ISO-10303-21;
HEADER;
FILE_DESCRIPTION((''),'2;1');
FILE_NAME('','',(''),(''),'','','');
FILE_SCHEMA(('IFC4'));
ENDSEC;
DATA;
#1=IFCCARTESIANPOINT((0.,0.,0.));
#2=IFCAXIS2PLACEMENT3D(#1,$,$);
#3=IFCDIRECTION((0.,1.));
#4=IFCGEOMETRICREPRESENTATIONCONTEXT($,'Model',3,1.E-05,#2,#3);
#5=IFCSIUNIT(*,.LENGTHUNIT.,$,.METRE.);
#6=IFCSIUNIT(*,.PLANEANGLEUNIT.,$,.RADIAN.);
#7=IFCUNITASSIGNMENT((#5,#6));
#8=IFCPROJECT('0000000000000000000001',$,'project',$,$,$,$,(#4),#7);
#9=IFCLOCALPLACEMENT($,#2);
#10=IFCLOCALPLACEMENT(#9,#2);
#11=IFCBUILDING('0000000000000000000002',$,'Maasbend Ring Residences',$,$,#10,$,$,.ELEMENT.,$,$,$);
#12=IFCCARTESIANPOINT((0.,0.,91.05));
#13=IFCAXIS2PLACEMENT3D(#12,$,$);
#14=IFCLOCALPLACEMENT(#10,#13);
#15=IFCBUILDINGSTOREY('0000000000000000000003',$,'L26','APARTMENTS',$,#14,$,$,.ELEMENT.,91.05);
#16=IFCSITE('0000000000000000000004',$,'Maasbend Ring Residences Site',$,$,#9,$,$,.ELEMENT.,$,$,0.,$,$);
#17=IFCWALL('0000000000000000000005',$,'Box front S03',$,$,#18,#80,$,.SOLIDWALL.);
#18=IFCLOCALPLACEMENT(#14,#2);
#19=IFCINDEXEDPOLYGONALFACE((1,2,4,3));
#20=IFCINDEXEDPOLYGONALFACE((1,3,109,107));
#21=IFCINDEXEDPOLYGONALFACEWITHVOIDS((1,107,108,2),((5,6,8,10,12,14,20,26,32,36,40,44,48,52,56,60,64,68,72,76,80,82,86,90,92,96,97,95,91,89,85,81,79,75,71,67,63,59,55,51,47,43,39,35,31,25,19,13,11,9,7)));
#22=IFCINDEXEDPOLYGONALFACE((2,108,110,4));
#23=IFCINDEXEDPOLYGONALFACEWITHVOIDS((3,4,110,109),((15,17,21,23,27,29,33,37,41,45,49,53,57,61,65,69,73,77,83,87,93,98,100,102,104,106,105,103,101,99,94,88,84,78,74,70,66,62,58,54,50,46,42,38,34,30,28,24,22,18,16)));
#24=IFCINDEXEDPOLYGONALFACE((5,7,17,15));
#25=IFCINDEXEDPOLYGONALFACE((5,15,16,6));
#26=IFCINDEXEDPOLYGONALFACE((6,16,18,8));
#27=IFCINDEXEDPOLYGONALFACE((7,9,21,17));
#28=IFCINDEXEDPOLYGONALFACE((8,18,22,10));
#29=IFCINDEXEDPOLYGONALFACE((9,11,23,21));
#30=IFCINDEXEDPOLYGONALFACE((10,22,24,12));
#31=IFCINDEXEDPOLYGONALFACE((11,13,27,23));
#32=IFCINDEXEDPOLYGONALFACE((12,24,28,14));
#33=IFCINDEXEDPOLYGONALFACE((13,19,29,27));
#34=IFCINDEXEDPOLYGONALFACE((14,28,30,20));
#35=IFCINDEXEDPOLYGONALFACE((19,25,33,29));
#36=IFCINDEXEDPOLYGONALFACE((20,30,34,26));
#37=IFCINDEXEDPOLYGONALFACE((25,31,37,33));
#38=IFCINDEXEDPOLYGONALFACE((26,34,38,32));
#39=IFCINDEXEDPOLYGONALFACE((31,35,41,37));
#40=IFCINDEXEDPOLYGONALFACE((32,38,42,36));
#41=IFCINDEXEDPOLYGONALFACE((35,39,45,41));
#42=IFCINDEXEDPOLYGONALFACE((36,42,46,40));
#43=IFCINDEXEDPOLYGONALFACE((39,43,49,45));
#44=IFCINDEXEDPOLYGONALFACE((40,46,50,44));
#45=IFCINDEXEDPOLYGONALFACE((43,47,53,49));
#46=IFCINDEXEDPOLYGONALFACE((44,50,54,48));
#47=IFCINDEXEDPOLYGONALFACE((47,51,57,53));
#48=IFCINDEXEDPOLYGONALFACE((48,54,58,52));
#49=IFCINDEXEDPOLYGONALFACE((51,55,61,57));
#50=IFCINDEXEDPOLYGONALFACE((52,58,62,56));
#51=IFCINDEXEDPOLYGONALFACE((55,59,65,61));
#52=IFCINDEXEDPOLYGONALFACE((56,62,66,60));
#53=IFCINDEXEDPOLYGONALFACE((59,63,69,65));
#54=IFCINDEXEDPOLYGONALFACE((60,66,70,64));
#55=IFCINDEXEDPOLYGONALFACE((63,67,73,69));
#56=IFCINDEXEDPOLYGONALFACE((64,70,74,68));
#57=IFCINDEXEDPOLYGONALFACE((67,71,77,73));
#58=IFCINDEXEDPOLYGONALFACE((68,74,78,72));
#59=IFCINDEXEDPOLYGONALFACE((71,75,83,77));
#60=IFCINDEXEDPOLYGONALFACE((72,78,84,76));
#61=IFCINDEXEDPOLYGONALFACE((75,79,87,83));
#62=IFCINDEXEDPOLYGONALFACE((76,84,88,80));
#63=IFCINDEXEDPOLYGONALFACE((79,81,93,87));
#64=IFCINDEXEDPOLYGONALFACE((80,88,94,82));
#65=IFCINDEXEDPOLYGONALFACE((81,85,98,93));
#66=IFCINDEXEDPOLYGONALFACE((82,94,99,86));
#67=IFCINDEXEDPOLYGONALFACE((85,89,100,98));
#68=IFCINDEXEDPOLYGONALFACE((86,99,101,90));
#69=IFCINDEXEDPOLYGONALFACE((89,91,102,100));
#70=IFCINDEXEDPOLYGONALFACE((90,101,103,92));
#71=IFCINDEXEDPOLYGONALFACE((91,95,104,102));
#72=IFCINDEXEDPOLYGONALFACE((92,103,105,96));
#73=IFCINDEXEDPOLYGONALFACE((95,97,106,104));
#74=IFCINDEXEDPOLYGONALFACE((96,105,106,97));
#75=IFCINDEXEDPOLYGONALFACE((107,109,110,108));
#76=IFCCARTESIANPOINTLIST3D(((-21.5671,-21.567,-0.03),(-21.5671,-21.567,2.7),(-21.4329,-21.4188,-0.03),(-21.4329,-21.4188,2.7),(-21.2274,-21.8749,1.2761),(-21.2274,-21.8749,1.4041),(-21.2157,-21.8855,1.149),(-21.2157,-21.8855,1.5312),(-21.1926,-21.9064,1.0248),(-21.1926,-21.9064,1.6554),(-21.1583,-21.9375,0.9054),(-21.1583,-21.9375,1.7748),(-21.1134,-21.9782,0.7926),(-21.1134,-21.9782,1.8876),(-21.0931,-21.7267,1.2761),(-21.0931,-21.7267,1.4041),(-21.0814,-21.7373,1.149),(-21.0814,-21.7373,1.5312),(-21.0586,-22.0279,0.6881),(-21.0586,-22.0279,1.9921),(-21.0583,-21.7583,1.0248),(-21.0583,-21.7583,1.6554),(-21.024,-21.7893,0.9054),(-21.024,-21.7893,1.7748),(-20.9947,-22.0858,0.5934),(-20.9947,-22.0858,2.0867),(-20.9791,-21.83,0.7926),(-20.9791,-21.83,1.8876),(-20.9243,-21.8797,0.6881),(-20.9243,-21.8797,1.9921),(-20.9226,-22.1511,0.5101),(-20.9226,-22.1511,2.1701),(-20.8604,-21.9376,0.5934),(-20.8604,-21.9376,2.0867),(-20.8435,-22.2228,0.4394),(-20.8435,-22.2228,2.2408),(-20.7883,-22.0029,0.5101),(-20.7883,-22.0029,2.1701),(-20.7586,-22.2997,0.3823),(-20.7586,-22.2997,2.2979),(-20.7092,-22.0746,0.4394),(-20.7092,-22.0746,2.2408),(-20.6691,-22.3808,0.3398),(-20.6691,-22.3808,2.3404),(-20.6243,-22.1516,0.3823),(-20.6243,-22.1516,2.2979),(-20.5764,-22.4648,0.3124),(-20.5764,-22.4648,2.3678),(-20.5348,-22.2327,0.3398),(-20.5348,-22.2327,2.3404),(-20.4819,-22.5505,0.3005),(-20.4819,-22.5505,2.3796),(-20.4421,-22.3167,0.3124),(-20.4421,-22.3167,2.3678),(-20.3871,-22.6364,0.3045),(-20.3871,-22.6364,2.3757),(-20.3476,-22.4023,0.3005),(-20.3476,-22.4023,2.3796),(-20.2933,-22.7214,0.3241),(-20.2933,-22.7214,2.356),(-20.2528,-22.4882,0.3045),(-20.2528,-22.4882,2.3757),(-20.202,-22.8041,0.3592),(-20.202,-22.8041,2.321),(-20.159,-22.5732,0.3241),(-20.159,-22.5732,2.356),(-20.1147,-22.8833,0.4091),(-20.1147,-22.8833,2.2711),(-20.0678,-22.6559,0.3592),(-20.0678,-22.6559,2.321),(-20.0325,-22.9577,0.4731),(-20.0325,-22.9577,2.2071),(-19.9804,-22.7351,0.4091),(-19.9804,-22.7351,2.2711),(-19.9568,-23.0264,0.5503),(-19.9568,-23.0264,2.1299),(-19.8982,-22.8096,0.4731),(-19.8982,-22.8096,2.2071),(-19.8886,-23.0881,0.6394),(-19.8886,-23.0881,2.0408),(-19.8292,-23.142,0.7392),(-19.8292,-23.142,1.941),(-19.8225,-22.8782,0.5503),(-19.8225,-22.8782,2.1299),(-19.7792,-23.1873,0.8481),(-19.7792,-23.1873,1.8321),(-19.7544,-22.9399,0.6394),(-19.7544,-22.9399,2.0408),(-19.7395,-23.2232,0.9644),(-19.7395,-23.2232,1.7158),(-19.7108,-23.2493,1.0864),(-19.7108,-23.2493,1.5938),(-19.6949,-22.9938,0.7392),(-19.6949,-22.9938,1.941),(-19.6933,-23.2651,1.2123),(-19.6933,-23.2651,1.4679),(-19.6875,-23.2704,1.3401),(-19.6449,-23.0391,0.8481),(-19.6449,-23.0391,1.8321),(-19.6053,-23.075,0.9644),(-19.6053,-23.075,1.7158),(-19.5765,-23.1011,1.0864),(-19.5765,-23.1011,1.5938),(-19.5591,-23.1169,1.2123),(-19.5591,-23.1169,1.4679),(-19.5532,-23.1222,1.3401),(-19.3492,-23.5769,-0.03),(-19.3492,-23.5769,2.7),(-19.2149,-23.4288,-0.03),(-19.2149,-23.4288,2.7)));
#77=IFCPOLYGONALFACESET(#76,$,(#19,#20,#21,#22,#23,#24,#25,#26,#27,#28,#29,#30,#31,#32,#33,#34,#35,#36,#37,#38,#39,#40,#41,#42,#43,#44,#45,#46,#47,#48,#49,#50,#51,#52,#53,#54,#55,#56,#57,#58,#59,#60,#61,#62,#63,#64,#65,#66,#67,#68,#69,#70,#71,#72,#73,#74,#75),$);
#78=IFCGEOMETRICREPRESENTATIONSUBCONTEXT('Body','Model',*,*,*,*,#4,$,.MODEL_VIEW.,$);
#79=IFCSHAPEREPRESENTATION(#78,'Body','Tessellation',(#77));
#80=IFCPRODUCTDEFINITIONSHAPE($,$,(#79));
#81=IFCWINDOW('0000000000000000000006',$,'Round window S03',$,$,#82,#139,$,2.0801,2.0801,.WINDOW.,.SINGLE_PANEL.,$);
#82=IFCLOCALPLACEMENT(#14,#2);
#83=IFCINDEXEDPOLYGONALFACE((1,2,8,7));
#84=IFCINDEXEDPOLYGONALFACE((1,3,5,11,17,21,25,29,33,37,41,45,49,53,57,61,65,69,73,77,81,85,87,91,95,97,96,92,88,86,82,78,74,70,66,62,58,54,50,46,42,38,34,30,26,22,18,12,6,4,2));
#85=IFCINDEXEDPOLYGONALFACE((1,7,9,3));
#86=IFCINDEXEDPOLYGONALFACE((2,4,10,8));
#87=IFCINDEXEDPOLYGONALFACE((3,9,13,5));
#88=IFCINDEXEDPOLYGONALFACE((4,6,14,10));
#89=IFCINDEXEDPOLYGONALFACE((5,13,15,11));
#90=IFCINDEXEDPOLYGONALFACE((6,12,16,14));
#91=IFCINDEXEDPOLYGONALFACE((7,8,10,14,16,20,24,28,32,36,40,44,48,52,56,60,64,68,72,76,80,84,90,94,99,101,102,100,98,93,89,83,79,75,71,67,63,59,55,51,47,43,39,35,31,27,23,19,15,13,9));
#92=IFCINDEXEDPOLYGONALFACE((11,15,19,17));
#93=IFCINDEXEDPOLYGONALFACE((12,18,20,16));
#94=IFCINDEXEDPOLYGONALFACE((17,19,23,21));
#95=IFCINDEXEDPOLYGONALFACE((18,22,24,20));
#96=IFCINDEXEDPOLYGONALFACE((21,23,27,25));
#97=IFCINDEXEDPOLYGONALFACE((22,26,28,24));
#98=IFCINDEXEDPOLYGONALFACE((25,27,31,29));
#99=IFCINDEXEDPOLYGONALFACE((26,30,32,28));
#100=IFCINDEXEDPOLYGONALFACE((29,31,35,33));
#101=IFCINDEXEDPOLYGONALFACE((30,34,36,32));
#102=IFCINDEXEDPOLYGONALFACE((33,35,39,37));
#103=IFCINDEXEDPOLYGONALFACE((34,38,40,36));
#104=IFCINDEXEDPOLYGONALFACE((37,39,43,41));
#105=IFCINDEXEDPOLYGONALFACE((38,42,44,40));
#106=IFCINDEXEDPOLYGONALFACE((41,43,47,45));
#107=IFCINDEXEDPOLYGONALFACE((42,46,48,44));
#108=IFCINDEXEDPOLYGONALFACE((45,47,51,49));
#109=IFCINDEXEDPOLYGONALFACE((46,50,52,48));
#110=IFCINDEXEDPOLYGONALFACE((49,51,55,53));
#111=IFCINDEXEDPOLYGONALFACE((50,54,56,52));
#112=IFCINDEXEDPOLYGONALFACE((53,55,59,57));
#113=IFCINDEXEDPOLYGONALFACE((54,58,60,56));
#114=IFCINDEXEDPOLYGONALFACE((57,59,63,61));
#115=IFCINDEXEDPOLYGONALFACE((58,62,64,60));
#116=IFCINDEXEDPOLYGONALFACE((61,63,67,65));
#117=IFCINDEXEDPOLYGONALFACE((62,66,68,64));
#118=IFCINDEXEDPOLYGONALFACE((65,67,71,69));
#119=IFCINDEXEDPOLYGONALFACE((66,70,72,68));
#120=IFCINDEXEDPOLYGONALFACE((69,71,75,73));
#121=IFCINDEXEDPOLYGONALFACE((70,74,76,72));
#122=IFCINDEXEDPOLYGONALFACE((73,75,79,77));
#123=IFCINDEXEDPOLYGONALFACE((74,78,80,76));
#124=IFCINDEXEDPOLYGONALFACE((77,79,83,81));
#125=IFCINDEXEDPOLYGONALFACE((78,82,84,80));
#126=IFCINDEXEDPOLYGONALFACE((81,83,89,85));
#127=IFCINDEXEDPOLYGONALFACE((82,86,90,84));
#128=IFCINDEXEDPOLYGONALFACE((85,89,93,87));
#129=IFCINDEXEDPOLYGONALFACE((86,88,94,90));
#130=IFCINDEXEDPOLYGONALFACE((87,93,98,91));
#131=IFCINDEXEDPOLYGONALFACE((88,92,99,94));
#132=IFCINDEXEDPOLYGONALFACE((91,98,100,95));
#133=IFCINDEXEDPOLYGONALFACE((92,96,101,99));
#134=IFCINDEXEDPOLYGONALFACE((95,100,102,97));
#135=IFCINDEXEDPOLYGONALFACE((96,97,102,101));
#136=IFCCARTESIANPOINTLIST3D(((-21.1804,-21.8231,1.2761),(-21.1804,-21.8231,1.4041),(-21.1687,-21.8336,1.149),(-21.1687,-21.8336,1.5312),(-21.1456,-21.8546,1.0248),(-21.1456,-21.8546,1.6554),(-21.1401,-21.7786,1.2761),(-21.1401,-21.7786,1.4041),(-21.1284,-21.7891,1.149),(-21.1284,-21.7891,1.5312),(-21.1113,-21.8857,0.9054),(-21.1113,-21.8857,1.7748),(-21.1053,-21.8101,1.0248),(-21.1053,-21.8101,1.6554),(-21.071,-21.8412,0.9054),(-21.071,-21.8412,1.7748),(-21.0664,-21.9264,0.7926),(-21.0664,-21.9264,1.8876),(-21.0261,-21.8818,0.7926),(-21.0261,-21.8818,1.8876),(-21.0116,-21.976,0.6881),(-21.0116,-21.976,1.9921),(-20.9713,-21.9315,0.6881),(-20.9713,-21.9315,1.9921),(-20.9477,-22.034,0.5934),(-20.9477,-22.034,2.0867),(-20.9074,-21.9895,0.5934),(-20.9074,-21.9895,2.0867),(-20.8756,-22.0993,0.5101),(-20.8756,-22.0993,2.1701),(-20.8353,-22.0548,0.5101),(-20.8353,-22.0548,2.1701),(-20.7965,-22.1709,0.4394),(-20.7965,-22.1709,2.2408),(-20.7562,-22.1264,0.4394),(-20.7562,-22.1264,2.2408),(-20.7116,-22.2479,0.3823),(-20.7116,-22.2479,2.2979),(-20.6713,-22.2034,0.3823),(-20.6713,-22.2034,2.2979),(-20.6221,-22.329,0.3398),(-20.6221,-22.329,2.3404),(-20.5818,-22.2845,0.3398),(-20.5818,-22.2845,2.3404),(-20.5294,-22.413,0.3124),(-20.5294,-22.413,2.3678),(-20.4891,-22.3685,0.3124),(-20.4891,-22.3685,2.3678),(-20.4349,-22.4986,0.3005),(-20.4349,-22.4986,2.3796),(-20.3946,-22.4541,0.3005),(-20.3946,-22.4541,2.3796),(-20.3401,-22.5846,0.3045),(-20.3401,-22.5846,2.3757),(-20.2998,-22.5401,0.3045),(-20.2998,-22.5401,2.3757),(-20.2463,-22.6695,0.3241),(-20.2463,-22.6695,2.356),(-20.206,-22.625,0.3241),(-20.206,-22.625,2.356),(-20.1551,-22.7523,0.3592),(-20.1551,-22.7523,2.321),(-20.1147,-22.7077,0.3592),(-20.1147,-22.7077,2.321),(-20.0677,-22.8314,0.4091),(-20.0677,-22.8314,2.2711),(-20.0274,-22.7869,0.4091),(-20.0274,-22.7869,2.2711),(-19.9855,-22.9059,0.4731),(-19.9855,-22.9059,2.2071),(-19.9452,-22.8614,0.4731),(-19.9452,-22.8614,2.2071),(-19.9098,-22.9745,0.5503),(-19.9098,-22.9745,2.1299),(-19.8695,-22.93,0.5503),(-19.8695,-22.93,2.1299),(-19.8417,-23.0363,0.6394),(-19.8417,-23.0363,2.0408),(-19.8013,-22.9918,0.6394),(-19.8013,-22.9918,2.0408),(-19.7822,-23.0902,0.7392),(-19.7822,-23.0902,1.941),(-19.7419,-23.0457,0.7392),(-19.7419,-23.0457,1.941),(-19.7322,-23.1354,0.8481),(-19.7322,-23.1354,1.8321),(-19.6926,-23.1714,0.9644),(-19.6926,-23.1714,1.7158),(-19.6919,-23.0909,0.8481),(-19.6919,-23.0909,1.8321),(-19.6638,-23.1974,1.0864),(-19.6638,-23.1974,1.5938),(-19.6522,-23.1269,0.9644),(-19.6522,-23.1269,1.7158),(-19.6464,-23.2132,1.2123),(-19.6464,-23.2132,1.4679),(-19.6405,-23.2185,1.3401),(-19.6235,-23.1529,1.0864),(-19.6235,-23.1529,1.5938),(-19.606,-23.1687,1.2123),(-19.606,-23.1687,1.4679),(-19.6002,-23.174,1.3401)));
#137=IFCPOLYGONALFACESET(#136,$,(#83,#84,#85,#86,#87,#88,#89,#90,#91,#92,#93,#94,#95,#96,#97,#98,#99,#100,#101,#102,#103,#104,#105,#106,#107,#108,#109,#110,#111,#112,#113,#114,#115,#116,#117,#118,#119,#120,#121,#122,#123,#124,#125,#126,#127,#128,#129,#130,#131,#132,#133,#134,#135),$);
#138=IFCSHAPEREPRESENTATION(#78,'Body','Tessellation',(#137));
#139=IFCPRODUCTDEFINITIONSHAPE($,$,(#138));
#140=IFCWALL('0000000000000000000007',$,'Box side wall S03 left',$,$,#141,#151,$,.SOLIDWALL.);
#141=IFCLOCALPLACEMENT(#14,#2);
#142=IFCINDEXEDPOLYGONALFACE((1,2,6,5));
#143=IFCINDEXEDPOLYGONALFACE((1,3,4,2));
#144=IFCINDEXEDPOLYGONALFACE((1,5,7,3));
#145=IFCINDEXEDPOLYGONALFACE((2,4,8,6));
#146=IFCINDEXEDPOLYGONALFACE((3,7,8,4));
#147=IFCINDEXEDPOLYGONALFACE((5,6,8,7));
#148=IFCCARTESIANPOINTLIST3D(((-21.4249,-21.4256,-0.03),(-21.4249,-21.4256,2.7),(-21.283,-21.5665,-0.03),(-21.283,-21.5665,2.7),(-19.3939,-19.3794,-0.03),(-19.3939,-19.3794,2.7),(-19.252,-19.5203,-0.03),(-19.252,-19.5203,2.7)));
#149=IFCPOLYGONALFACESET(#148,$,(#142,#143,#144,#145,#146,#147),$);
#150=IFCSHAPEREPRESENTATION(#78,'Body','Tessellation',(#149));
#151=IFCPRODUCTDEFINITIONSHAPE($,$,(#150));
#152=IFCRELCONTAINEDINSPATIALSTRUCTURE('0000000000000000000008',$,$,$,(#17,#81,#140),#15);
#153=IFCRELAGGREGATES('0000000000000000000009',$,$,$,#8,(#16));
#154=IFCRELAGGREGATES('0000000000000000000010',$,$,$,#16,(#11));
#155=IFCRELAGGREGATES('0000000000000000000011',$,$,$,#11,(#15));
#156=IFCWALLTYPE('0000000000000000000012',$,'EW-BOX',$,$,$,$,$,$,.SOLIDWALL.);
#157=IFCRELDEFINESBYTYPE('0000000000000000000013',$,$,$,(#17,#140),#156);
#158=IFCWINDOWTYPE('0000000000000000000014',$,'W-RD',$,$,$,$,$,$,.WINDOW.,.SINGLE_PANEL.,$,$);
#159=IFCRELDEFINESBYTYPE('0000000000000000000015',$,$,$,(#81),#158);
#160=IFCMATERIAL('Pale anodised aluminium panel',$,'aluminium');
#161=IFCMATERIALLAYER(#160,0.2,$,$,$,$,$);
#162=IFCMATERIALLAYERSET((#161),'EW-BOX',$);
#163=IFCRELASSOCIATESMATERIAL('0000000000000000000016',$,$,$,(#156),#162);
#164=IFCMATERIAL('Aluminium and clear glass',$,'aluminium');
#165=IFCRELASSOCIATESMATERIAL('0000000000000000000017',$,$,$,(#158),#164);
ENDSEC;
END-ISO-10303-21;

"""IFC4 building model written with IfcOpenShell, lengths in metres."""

from ifc_helpers import new_model, si_unit, direction, frame, frame_2d, origin, place, context, subcontext, project, spatial, rectangle, circle, extrude, material, layer, layer_set, type_object, element, fill, save


model = new_model("IFC4")

# Units and contexts
model_context = context("Model", 3, precision=1e-05, world=origin(), true_north=direction((0.0, 1.0)))
body_context = subcontext(model_context, "Body", "Model", "MODEL_VIEW")
ifc_project = project(units=[si_unit("LENGTHUNIT", "METRE"), si_unit("PLANEANGLEUNIT", "RADIAN")], contexts=[model_context])

# Site, building, storey
site_placement = place(None, origin())
site = spatial("IfcSite", under=ifc_project, at=site_placement, Name="Maasbend Ring Residences Site", CompositionType="ELEMENT", RefElevation=0.0)
building_placement = place(site_placement, origin())
building = spatial("IfcBuilding", under=site, at=building_placement, Name="Maasbend Ring Residences", CompositionType="ELEMENT")
storey_placement = place(building_placement, frame((0.0, 0.0, 91.05)))
storey = spatial("IfcBuildingStorey", under=building, at=storey_placement, Name="L26", Description="APARTMENTS", CompositionType="ELEMENT", Elevation=91.05)

# Shared definitions
ifc_material_1 = material(Name="Pale anodised aluminium panel", Category="aluminium")
ifc_layer_1 = layer(ifc_material_1, 0.2)
ifc_layer_set_1 = layer_set([ifc_layer_1], Name="EW-BOX")
wall_type_1 = type_object("IfcWallType", Name="EW-BOX", PredefinedType="SOLIDWALL", material=ifc_layer_set_1)
ifc_material_2 = material(Name="Aluminium and clear glass", Category="aluminium")
window_type_1 = type_object("IfcWindowType", Name="W-RD", PartitioningType="SINGLE_PANEL", PredefinedType="WINDOW", material=ifc_material_2)

# Wall, opening, window
wall_1_placement = place(storey_placement, frame((-21.5, -21.4929, -0.03), z_axis=(0.0, 0.0, 1.0), x_axis=(0.740998, -0.671507, 0.0)))
wall_1 = element("IfcWall", 1, at=wall_1_placement, inside=storey, type_object=wall_type_1, Name="Box front S03", PredefinedType="SOLIDWALL", context=body_context, shape_type="SweptSolid", body=[
    extrude(rectangle(XDim=2.9932, YDim=0.2, at=frame_2d((1.4966, 0.0))), origin(), (0.0, 0.0, 1.0), 2.73),
])
opening_1_placement = place(wall_1_placement, frame((0.4565, 0.0, 0.3301)))
opening_1 = element("IfcOpeningElement", 2, at=opening_1_placement, cuts=wall_1, PredefinedType="OPENING", context=body_context, shape_type="SweptSolid", body=[
    extrude(circle(Radius=1.04, at=frame_2d((1.04, 1.04))), frame((0.0, 0.1099, 0.0), z_axis=(0.0, -1.0, 0.0), x_axis=(1.0, 0.0, 0.0)), (0.0, 0.0, 1.0), 0.22),
])
window_1_placement = place(opening_1_placement, origin())
window_1 = element("IfcWindow", 3, at=window_1_placement, inside=storey, type_object=window_type_1, Name="Round window S03", OverallHeight=2.0801, OverallWidth=2.0801, PartitioningType="SINGLE_PANEL", PredefinedType="WINDOW", context=body_context, shape_type="SweptSolid", body=[
    extrude(circle(Radius=1.04, at=frame_2d((1.04, 1.04))), frame((0.0, 0.03, 0.0), z_axis=(0.0, -1.0, 0.0), x_axis=(1.0, 0.0, 0.0)), (0.0, 0.0, 1.0), 0.0601),
])
fill(opening_1, window_1)

# Wall
wall_2_placement = place(storey_placement, frame((-19.323, -19.45, -0.03), z_axis=(0.0, 0.0, 1.0), x_axis=(-0.704477, -0.709727, 0.0)))
element("IfcWall", 4, at=wall_2_placement, inside=storey, type_object=wall_type_1, Name="Box side wall S03 left", PredefinedType="SOLIDWALL", context=body_context, shape_type="SweptSolid", body=[
    extrude(rectangle(XDim=2.8831, YDim=0.2, at=frame_2d((1.4414, 0.0))), origin(), (0.0, 0.0, 1.0), 2.73),
])

save(model, "model.ifc")
